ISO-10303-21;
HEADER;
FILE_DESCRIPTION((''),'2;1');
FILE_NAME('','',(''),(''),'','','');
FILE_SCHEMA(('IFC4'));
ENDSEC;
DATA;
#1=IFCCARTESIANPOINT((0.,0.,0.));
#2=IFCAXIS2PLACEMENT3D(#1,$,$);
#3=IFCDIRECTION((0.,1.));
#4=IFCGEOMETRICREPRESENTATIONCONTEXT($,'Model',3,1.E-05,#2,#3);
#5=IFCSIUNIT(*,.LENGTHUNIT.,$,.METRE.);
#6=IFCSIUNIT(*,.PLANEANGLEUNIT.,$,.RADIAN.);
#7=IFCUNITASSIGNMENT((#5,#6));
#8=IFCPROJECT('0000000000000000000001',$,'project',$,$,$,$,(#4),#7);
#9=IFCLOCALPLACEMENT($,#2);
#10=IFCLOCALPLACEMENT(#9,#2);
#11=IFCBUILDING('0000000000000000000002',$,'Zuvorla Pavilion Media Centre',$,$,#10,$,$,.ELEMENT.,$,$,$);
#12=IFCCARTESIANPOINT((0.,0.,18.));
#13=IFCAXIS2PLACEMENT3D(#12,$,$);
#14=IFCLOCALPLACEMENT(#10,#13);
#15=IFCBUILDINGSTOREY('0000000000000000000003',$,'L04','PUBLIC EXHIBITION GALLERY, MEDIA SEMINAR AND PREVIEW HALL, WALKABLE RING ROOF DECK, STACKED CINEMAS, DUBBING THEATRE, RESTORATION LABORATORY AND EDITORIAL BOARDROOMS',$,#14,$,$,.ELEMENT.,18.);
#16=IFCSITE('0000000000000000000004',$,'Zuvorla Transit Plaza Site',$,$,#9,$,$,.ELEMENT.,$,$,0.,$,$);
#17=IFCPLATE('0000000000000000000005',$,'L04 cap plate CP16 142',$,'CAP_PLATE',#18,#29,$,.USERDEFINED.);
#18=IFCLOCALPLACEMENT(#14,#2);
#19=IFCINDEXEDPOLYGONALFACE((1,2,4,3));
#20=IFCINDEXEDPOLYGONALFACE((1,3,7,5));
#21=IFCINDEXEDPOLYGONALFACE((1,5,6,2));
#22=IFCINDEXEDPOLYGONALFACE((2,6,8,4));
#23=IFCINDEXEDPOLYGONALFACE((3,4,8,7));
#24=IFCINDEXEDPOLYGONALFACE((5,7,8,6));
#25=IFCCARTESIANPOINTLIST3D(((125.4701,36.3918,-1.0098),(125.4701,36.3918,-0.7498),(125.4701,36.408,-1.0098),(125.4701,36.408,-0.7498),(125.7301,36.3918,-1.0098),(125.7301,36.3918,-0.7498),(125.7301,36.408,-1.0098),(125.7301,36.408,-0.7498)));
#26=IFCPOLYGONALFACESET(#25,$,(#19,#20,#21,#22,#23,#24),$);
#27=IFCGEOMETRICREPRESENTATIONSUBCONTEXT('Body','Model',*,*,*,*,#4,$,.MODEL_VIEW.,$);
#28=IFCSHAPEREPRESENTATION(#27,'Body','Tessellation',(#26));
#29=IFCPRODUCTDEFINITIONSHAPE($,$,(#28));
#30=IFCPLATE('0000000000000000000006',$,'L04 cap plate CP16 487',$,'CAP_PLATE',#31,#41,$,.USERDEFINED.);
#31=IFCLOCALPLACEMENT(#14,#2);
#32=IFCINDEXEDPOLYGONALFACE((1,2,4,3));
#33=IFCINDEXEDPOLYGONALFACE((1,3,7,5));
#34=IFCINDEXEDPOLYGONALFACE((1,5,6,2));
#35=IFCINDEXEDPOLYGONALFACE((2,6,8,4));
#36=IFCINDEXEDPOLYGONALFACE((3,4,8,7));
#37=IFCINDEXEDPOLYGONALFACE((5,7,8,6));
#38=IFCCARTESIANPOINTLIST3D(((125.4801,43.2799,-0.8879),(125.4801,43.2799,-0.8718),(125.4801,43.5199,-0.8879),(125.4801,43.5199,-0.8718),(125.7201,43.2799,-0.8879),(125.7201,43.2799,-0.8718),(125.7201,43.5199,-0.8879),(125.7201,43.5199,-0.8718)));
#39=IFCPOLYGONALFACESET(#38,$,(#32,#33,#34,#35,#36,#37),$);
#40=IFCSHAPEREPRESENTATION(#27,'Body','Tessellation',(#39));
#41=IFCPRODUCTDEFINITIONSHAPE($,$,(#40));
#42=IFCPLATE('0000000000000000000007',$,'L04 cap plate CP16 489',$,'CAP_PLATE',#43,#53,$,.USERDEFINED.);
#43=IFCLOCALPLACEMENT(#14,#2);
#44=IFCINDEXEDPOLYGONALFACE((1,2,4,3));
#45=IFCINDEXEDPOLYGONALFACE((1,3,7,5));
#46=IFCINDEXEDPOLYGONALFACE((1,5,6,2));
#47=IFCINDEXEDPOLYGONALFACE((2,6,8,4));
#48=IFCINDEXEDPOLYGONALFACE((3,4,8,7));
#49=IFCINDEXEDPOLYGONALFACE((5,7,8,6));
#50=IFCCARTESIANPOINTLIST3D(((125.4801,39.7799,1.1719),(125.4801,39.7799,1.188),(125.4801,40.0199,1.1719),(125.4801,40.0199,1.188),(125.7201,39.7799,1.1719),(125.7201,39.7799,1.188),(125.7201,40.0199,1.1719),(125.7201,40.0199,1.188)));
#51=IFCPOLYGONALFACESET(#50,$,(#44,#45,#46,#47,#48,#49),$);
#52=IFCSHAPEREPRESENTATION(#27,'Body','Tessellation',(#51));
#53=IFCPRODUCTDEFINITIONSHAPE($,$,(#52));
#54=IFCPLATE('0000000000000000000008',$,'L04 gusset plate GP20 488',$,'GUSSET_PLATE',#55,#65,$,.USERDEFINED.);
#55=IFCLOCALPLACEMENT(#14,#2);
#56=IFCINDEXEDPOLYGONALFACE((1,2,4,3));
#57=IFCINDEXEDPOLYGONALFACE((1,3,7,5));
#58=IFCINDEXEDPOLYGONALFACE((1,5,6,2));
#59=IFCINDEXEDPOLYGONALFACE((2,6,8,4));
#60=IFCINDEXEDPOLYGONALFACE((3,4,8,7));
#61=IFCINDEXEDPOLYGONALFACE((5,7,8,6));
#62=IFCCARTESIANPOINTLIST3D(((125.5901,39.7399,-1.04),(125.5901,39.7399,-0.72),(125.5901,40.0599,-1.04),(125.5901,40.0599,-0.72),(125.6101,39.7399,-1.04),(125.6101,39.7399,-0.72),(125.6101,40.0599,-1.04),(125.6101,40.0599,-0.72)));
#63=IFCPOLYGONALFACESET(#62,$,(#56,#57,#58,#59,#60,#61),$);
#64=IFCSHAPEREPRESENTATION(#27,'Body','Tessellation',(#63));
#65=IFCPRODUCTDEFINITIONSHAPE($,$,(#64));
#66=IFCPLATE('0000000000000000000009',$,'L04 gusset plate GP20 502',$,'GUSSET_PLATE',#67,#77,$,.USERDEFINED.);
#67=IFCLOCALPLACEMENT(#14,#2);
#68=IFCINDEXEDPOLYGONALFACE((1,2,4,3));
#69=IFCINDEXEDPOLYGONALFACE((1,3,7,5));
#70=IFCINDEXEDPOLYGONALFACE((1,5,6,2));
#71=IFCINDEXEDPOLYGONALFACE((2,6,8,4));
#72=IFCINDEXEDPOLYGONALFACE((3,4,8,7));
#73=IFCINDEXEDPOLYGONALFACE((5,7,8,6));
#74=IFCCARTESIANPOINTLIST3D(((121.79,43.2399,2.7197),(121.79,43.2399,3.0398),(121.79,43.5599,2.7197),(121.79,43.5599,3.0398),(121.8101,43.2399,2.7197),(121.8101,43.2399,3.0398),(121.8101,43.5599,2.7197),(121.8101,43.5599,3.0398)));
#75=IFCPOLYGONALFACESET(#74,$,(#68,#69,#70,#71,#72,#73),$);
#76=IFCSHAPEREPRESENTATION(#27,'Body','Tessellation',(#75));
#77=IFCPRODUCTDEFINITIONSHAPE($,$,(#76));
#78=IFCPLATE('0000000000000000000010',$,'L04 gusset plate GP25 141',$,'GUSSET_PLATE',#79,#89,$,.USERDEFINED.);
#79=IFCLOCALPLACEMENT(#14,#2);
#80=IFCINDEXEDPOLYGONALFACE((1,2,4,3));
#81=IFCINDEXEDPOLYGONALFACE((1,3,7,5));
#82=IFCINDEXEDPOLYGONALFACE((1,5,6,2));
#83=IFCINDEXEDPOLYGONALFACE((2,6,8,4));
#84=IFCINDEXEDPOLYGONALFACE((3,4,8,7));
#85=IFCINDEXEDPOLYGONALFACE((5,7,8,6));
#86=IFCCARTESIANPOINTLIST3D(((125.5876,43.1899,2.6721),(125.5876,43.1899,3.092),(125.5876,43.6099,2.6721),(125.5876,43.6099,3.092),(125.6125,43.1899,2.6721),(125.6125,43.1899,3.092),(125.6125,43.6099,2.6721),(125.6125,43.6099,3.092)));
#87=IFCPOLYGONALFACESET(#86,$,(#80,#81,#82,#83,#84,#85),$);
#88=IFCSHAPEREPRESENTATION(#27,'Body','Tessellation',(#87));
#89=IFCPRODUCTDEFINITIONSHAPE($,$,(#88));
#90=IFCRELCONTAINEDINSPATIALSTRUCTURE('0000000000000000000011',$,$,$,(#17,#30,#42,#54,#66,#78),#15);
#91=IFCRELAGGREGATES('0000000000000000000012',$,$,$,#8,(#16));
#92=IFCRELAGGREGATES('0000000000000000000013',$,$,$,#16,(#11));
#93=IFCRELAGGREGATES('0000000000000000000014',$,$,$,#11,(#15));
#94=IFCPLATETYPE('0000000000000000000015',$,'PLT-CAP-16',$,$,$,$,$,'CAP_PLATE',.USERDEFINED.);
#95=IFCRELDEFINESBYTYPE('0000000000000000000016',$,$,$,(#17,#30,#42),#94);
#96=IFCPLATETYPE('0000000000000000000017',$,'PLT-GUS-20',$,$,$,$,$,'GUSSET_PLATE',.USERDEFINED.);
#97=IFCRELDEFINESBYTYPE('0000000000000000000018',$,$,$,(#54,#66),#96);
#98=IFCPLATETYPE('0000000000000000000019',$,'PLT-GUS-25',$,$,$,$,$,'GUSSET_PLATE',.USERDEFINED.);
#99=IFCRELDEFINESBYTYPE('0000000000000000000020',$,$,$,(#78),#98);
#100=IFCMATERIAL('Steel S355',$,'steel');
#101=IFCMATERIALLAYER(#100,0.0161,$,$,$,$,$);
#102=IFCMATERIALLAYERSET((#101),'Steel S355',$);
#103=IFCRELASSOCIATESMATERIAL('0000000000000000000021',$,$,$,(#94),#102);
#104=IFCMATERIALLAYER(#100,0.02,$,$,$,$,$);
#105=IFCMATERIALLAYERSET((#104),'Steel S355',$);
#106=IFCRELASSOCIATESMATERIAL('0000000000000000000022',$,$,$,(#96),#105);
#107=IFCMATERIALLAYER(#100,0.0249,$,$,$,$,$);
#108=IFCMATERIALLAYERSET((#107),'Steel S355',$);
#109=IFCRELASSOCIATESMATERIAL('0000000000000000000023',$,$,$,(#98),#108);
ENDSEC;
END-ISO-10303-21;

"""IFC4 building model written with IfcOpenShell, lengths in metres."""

from ifc_helpers import new_model, si_unit, direction, frame, origin, origin_2d, place, context, subcontext, project, spatial, rectangle, extrude, material, layer, layer_set, type_object, element, save


model = new_model("IFC4")

# Units and contexts
model_context = context("Model", 3, precision=1e-05, world=origin(), true_north=direction((0.0, 1.0)))
body_context = subcontext(model_context, "Body", "Model", "MODEL_VIEW")
ifc_project = project(units=[si_unit("LENGTHUNIT", "METRE"), si_unit("PLANEANGLEUNIT", "RADIAN")], contexts=[model_context])

# Site, building, storey
site_placement = place(None, origin())
site = spatial("IfcSite", under=ifc_project, at=site_placement, Name="Zuvorla Transit Plaza Site", CompositionType="ELEMENT", RefElevation=0.0)
building_placement = place(site_placement, origin())
building = spatial("IfcBuilding", under=site, at=building_placement, Name="Zuvorla Pavilion Media Centre", CompositionType="ELEMENT")
storey_placement = place(building_placement, frame((0.0, 0.0, 18.0)))
storey = spatial("IfcBuildingStorey", under=building, at=storey_placement, Name="L04", Description="PUBLIC EXHIBITION GALLERY, MEDIA SEMINAR AND PREVIEW HALL, WALKABLE RING ROOF DECK, STACKED CINEMAS, DUBBING THEATRE, RESTORATION LABORATORY AND EDITORIAL BOARDROOMS", CompositionType="ELEMENT", Elevation=18.0)

# Shared definitions
ifc_material_1 = material(Name="Steel S355", Category="steel")

# Plates
ifc_layer_1 = layer(ifc_material_1, 0.0161)
ifc_layer_set_1 = layer_set([ifc_layer_1], Name="Steel S355")
plate_type_1 = type_object("IfcPlateType", Name="PLT-CAP-16", ElementType="CAP_PLATE", PredefinedType="USERDEFINED", material=ifc_layer_set_1)
plate_1_placement = place(storey_placement, frame((125.6001, 36.3999, -1.0098), z_axis=(0.0, 0.0, 1.0), x_axis=(1.0, 0.0, 0.0)))
element("IfcPlate", 1, at=plate_1_placement, inside=storey, type_object=plate_type_1, Name="L04 cap plate CP16 142", ObjectType="CAP_PLATE", PredefinedType="USERDEFINED", context=body_context, shape_type="SweptSolid", body=[
    extrude(rectangle(XDim=0.26, YDim=0.0161, at=origin_2d()), origin(), (0.0, 0.0, 1.0), 0.26),
])
for number, where, z_axis, x_axis, name in (
    (2, (125.6001, 43.3999, -0.8879), (0.0, 0.0, 1.0), (1.0, 0.0, 0.0), "L04 cap plate CP16 487"),
    (3, (125.6001, 39.8999, 1.1719), (0.0, 0.0, 1.0), (1.0, 0.0, 0.0), "L04 cap plate CP16 489"),
):
    element("IfcPlate", number, at=place(storey_placement, frame(where, z_axis=z_axis, x_axis=x_axis)), inside=storey, type_object=plate_type_1, Name=name, ObjectType="CAP_PLATE", PredefinedType="USERDEFINED", context=body_context, shape_type="SweptSolid", body=[
        extrude(rectangle(XDim=0.24, YDim=0.24, at=origin_2d()), origin(), (0.0, 0.0, 1.0), 0.0161),
    ])
ifc_layer_2 = layer(ifc_material_1, 0.02)
ifc_layer_set_2 = layer_set([ifc_layer_2], Name="Steel S355")
plate_type_2 = type_object("IfcPlateType", Name="PLT-GUS-20", ElementType="GUSSET_PLATE", PredefinedType="USERDEFINED", material=ifc_layer_set_2)
for number, where, z_axis, x_axis, name in (
    (4, (125.6001, 39.8999, -1.04), (0.0, 0.0, 1.0), (1.0, 0.0, 0.0), "L04 gusset plate GP20 488"),
    (5, (121.8, 43.3999, 2.7197), (0.0, 0.0, 1.0), (1.0, 0.0, 0.0), "L04 gusset plate GP20 502"),
):
    element("IfcPlate", number, at=place(storey_placement, frame(where, z_axis=z_axis, x_axis=x_axis)), inside=storey, type_object=plate_type_2, Name=name, ObjectType="GUSSET_PLATE", PredefinedType="USERDEFINED", context=body_context, shape_type="SweptSolid", body=[
        extrude(rectangle(XDim=0.02, YDim=0.3201, at=origin_2d()), origin(), (0.0, 0.0, 1.0), 0.3201),
    ])
ifc_layer_3 = layer(ifc_material_1, 0.0249)
ifc_layer_set_3 = layer_set([ifc_layer_3], Name="Steel S355")
plate_type_3 = type_object("IfcPlateType", Name="PLT-GUS-25", ElementType="GUSSET_PLATE", PredefinedType="USERDEFINED", material=ifc_layer_set_3)
plate_2_placement = place(storey_placement, frame((125.6001, 43.3999, 2.6721), z_axis=(0.0, 0.0, 1.0), x_axis=(1.0, 0.0, 0.0)))
element("IfcPlate", 6, at=plate_2_placement, inside=storey, type_object=plate_type_3, Name="L04 gusset plate GP25 141", ObjectType="GUSSET_PLATE", PredefinedType="USERDEFINED", context=body_context, shape_type="SweptSolid", body=[
    extrude(rectangle(XDim=0.0249, YDim=0.4199, at=origin_2d()), origin(), (0.0, 0.0, 1.0), 0.4199),
])

save(model, "model.ifc")
